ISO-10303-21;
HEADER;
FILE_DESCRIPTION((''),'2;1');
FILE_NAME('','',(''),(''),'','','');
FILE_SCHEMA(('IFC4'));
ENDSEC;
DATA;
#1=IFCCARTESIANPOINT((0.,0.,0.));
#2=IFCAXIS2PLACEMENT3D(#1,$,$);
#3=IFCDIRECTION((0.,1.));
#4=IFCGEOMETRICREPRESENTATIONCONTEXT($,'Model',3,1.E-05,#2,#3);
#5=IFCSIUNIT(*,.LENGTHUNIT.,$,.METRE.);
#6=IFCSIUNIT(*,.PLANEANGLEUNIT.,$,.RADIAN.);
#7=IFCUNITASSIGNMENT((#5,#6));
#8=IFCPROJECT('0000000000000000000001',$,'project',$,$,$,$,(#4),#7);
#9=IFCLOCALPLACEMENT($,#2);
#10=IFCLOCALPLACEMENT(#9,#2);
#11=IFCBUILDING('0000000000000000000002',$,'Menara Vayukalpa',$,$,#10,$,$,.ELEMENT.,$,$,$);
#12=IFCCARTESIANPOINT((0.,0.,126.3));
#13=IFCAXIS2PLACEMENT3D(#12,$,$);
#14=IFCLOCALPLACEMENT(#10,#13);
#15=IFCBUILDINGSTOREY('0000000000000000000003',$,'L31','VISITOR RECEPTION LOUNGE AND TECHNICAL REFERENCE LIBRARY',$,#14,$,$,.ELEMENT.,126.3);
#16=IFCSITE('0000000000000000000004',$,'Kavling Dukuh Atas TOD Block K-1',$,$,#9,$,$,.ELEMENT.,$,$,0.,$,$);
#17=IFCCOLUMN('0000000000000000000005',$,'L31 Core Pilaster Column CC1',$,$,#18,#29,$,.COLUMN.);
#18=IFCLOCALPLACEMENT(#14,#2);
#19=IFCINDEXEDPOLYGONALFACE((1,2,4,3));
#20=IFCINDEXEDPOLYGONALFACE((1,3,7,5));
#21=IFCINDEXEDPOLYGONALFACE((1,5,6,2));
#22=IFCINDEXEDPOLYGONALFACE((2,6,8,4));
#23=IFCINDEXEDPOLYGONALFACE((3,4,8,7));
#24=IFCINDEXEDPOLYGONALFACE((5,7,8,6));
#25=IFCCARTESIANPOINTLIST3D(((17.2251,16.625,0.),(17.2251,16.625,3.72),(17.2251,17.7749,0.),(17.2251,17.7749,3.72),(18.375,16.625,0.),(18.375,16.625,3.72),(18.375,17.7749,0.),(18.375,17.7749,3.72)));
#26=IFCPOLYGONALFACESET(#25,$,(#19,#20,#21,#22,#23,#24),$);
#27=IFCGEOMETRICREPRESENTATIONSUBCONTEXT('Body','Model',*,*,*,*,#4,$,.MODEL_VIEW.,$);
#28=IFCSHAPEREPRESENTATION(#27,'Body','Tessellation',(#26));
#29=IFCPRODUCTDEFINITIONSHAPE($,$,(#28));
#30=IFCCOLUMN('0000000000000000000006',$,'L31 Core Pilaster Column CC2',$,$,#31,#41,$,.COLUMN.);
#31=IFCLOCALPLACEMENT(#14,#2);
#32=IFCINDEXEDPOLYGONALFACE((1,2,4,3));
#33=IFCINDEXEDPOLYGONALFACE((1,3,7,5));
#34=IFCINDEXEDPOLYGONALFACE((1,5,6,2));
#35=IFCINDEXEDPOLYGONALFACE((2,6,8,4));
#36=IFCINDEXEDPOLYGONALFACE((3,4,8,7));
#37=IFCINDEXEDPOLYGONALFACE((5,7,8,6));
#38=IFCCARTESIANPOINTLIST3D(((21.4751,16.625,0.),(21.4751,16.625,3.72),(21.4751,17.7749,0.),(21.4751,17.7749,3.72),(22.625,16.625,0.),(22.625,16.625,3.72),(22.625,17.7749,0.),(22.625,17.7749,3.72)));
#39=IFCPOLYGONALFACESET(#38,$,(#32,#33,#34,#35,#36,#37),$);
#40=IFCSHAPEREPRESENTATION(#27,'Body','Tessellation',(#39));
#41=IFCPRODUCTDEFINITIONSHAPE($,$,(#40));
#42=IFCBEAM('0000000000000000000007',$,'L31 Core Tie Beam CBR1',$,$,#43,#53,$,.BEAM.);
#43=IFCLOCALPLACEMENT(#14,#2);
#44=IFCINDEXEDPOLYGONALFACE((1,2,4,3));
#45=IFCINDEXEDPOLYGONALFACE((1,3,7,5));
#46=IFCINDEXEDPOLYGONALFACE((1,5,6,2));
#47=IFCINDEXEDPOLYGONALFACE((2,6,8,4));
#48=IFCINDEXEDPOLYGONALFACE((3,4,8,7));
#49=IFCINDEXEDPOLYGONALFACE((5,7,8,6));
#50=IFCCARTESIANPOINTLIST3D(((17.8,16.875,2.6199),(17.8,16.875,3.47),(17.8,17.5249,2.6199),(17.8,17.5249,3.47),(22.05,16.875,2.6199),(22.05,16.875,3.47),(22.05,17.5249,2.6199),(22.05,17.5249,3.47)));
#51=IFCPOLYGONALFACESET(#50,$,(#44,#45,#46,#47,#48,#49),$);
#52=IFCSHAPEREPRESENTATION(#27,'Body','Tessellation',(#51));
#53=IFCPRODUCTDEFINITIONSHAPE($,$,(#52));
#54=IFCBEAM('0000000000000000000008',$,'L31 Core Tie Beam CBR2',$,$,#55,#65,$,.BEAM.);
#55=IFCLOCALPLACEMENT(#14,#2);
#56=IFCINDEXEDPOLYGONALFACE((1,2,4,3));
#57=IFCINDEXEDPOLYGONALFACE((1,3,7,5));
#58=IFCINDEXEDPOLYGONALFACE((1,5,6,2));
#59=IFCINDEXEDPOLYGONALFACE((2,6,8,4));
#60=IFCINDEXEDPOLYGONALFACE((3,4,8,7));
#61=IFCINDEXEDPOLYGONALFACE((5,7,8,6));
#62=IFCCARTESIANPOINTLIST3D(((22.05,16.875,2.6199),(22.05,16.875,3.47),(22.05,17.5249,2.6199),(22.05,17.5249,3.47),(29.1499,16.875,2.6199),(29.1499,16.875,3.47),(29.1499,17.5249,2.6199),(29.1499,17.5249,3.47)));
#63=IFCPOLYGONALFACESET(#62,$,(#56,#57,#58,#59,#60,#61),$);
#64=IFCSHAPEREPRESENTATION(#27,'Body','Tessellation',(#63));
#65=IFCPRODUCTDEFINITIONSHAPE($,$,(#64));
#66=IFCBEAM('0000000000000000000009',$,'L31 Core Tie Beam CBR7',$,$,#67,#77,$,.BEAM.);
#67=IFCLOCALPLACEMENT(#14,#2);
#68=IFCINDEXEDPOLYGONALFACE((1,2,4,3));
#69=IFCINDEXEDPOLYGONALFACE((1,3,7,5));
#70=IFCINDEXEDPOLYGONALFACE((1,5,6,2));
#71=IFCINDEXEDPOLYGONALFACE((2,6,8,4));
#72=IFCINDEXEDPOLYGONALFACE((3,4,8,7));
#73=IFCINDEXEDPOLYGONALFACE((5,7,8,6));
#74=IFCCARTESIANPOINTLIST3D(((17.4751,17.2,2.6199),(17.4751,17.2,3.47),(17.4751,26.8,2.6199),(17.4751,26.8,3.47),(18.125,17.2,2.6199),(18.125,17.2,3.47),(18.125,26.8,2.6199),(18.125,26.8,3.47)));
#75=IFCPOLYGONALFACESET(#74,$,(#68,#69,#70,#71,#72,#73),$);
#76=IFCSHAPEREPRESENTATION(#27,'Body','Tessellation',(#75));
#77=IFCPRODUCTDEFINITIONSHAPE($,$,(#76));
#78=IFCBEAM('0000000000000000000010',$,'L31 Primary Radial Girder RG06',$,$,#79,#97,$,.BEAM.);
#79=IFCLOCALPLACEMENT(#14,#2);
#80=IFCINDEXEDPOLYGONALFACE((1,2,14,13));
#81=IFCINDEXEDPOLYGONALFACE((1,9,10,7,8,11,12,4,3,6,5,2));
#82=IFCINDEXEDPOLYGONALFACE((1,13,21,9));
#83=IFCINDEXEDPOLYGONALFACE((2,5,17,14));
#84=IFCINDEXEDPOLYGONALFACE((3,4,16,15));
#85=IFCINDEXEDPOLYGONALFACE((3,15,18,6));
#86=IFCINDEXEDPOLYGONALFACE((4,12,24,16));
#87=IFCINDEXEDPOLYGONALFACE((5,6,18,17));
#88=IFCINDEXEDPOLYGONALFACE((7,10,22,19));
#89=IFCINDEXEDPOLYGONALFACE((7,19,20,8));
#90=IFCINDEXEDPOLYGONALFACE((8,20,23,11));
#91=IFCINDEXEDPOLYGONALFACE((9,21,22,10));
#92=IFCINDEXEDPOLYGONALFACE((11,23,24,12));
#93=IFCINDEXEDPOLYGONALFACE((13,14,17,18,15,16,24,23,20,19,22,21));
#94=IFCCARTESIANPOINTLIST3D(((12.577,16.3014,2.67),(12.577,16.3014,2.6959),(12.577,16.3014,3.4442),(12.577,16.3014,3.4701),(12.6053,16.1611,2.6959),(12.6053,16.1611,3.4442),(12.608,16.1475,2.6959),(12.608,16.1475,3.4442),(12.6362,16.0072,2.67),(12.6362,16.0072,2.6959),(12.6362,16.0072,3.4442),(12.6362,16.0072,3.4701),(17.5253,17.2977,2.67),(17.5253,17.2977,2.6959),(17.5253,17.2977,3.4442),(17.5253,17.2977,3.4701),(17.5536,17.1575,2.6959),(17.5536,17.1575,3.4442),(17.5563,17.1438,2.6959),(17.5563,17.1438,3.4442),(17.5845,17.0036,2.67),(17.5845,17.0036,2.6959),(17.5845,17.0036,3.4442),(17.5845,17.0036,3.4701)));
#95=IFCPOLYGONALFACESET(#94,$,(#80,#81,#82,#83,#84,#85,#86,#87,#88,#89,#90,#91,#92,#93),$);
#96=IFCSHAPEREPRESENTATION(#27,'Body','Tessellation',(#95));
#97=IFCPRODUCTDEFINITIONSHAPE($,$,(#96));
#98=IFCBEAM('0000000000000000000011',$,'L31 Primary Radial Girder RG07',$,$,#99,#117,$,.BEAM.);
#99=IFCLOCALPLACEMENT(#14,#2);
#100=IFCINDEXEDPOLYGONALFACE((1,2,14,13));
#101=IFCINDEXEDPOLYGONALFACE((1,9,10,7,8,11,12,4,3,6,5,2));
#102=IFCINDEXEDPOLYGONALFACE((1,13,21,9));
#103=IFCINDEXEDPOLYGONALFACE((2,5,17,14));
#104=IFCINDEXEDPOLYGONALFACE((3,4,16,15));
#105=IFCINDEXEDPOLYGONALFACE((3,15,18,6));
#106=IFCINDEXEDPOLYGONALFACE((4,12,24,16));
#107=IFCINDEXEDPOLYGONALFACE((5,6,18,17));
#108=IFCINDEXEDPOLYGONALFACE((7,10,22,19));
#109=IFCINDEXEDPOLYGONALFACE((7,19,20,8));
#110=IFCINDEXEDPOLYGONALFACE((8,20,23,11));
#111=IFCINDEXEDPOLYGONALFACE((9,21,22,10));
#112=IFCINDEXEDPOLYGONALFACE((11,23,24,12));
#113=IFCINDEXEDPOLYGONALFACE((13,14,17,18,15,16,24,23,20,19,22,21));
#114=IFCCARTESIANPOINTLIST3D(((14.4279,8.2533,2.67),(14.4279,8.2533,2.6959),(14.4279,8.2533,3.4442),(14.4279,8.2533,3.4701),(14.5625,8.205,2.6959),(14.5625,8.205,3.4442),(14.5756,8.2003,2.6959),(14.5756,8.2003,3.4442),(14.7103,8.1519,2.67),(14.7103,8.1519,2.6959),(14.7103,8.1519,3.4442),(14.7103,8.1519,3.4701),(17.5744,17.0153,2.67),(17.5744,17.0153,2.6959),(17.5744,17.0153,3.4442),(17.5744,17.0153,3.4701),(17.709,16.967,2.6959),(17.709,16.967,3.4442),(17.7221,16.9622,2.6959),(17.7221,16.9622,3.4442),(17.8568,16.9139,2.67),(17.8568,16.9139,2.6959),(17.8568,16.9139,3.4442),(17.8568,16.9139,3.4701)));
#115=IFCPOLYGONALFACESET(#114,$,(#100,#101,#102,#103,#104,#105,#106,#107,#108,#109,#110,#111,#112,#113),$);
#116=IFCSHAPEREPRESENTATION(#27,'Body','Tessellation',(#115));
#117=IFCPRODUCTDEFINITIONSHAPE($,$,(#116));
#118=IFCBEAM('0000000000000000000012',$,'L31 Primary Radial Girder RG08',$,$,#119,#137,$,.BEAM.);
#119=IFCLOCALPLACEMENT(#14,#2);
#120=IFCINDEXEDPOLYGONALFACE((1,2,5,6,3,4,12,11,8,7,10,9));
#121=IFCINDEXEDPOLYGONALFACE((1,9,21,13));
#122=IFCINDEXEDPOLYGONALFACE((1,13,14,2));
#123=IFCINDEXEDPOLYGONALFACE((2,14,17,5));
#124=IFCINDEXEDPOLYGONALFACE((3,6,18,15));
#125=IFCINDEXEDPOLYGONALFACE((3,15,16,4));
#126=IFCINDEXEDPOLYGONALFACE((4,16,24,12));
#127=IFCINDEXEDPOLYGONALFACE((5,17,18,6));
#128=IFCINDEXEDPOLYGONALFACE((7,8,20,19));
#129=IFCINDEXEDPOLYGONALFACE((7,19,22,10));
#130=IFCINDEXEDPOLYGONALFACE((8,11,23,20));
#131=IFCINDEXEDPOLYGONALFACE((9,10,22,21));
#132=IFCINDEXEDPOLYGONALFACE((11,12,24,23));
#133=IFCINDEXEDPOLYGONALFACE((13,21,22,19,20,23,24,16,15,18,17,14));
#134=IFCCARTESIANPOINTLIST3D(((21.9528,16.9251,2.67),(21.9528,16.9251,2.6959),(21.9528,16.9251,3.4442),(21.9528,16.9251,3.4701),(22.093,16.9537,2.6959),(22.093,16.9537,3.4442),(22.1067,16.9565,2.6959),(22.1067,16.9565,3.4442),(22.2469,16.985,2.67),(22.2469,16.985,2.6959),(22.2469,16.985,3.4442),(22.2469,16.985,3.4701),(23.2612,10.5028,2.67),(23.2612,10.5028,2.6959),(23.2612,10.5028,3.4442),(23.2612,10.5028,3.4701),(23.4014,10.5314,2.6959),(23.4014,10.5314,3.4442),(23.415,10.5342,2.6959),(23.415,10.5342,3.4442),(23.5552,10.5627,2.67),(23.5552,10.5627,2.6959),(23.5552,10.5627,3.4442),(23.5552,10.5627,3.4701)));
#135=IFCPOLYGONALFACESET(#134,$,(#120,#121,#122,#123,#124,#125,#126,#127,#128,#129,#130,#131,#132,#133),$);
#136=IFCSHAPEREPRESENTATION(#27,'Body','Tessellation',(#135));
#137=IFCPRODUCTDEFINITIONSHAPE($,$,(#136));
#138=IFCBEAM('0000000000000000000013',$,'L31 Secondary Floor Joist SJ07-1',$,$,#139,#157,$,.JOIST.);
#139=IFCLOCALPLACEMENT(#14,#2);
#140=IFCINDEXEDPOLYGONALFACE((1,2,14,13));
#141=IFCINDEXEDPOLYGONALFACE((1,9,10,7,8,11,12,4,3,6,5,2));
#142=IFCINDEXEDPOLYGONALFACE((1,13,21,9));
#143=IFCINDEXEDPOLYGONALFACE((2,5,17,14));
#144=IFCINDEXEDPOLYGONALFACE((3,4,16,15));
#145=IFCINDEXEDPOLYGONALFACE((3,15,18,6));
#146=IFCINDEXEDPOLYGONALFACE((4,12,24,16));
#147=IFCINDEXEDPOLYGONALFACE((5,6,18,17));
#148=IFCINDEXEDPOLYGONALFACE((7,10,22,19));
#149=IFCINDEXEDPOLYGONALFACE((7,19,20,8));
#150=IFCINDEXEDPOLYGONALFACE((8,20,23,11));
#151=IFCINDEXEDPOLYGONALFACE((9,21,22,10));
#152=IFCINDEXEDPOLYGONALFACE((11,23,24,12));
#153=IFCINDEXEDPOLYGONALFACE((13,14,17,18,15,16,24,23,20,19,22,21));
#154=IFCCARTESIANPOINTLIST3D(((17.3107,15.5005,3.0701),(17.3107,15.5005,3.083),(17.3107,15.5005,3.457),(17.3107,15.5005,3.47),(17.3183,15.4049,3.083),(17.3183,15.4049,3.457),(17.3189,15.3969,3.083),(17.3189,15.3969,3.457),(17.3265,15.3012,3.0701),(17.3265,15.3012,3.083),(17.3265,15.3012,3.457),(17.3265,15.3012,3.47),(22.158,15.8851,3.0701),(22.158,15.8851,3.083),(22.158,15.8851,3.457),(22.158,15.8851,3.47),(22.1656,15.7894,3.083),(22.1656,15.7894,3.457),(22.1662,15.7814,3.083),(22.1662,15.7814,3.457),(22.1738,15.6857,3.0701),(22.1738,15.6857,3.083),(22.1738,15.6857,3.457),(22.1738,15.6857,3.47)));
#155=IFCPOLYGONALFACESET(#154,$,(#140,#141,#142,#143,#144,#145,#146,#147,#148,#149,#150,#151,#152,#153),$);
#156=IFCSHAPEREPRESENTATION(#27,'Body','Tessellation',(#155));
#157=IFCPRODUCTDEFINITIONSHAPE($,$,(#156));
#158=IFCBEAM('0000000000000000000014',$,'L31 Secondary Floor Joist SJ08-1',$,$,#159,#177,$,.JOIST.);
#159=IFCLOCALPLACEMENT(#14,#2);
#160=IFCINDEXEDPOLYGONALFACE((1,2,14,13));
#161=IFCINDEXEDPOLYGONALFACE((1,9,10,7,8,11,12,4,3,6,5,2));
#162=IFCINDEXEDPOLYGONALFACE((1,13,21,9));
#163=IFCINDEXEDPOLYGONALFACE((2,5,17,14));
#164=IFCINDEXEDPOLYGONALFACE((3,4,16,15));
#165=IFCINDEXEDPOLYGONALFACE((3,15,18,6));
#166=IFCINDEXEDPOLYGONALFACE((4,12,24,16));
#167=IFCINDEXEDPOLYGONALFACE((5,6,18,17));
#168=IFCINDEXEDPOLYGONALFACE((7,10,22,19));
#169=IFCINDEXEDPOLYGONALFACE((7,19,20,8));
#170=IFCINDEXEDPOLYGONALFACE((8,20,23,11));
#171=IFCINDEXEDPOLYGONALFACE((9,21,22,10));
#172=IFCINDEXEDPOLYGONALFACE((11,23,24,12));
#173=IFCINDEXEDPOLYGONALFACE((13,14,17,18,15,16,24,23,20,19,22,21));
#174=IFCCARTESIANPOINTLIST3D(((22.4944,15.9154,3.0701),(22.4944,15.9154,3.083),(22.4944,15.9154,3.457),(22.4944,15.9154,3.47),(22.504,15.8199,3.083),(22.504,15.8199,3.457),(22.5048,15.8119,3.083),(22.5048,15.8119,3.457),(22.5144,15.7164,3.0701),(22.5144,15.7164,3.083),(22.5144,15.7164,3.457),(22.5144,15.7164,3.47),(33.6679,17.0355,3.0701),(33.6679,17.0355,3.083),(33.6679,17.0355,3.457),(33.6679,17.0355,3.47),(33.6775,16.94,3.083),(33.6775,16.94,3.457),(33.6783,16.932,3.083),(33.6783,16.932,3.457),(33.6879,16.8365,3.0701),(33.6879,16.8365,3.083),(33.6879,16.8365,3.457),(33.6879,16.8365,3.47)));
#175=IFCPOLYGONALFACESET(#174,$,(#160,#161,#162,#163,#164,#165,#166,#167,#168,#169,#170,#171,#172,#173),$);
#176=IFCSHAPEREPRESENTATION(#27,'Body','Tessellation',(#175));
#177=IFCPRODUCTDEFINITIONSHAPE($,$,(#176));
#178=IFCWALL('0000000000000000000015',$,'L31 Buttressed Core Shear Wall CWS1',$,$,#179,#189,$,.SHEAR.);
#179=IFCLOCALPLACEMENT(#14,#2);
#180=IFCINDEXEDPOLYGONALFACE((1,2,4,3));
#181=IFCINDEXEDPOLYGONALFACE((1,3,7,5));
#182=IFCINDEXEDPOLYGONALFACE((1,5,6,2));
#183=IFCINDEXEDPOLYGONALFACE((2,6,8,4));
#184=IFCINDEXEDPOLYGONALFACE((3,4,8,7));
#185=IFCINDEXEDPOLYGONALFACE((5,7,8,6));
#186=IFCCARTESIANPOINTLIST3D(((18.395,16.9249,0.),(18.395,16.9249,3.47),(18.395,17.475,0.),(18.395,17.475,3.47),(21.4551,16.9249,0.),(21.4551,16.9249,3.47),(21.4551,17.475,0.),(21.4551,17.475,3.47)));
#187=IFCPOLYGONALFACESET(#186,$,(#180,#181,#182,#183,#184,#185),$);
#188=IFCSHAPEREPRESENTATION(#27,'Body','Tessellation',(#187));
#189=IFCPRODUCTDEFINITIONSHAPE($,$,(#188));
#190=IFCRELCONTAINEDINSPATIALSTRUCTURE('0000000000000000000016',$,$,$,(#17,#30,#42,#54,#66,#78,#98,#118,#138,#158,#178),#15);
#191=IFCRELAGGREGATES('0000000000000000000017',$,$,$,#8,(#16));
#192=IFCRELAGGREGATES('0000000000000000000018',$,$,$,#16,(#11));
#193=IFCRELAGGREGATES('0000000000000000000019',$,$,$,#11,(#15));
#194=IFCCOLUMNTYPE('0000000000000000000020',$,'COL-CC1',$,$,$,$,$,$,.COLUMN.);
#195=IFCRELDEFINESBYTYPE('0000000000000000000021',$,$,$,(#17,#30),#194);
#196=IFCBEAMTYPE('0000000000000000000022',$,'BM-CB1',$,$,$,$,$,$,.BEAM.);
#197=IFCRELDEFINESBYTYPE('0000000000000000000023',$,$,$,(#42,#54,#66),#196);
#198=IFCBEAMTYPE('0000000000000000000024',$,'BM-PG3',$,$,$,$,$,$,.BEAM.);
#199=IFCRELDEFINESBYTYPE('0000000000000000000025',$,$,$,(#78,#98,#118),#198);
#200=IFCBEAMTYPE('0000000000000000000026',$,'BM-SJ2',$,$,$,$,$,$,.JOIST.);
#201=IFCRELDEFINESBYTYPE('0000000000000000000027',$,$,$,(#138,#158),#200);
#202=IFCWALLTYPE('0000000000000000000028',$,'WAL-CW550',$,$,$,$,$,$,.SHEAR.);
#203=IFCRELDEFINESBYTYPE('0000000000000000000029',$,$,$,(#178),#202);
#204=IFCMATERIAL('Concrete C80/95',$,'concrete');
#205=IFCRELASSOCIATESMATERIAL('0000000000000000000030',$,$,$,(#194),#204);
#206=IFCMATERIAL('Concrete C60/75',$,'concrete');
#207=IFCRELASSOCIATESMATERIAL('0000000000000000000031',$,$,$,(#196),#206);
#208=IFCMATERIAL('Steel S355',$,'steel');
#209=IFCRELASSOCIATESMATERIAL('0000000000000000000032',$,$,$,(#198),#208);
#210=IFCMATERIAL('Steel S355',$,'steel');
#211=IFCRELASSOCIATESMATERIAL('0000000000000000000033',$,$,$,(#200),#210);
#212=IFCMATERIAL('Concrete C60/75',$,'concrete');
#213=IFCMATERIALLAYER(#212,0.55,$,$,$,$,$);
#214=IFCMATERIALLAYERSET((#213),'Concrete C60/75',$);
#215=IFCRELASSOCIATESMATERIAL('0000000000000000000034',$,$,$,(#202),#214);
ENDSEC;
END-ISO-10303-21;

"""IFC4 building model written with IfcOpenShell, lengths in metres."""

from ifc_helpers import new_model, si_unit, direction, frame, frame_2d, origin, origin_2d, place, context, subcontext, project, spatial, rectangle, i_section, extrude, material, layer, layer_set, material_profile, profile_set, type_object, element, save


model = new_model("IFC4")

# Units and contexts
model_context = context("Model", 3, precision=1e-05, world=origin(), true_north=direction((0.0, 1.0)))
body_context = subcontext(model_context, "Body", "Model", "MODEL_VIEW")
ifc_project = project(units=[si_unit("LENGTHUNIT", "METRE"), si_unit("PLANEANGLEUNIT", "RADIAN")], contexts=[model_context])

# Site, building, storey
site_placement = place(None, origin())
site = spatial("IfcSite", under=ifc_project, at=site_placement, Name="Kavling Dukuh Atas TOD Block K-1", CompositionType="ELEMENT", RefElevation=0.0)
building_placement = place(site_placement, origin())
building = spatial("IfcBuilding", under=site, at=building_placement, Name="Menara Vayukalpa", CompositionType="ELEMENT")
storey_placement = place(building_placement, frame((0.0, 0.0, 126.3)))
storey = spatial("IfcBuildingStorey", under=building, at=storey_placement, Name="L31", Description="VISITOR RECEPTION LOUNGE AND TECHNICAL REFERENCE LIBRARY", CompositionType="ELEMENT", Elevation=126.3)

# Columns
ifc_material_1 = material(Name="Concrete C80/95", Category="concrete")
ifc_material_profile_1 = material_profile(ifc_material_1, rectangle(XDim=1.1499, YDim=1.1499, at=origin_2d()), Name="RC 1150x1150")
ifc_profile_set_1 = profile_set([ifc_material_profile_1], Name="Concrete C80/95")
column_type = type_object("IfcColumnType", Name="COL-CC1", PredefinedType="COLUMN", material=ifc_profile_set_1)
for number, where, z_axis, x_axis, name in (
    (1, (17.8, 17.2, 0.0), (0.0, 0.0, 1.0), (1.0, 0.0, 0.0), "L31 Core Pilaster Column CC1"),
    (2, (22.05, 17.2, 0.0), (0.0, 0.0, 1.0), (1.0, 0.0, 0.0), "L31 Core Pilaster Column CC2"),
):
    element("IfcColumn", number, at=place(storey_placement, frame(where, z_axis=z_axis, x_axis=x_axis)), inside=storey, type_object=column_type, Name=name, PredefinedType="COLUMN", context=body_context, shape_type="SweptSolid", body=[
        extrude(rectangle(XDim=1.1499, YDim=1.1499, at=origin_2d()), origin(), (0.0, 0.0, 1.0), 3.72),
    ])

# Beams
ifc_material_2 = material(Name="Concrete C60/75", Category="concrete")
ifc_material_profile_2 = material_profile(ifc_material_2, rectangle(XDim=0.6499, YDim=0.8501, at=origin_2d()), Name="RC 650x850")
ifc_profile_set_2 = profile_set([ifc_material_profile_2], Name="Concrete C60/75")
beam_type_1 = type_object("IfcBeamType", Name="BM-CB1", PredefinedType="BEAM", material=ifc_profile_set_2)
beam_1_placement = place(storey_placement, frame((17.8, 17.2, 3.0449), z_axis=(1.0, 0.0, 0.0), x_axis=(0.0, 1.0, 0.0)))
element("IfcBeam", 3, at=beam_1_placement, inside=storey, type_object=beam_type_1, Name="L31 Core Tie Beam CBR1", PredefinedType="BEAM", context=body_context, shape_type="SweptSolid", body=[
    extrude(rectangle(XDim=0.6499, YDim=0.8501, at=origin_2d()), origin(), (0.0, 0.0, 1.0), 4.25),
])
beam_2_placement = place(storey_placement, frame((22.05, 17.2, 3.0449), z_axis=(1.0, 0.0, 0.0), x_axis=(0.0, 1.0, 0.0)))
element("IfcBeam", 4, at=beam_2_placement, inside=storey, type_object=beam_type_1, Name="L31 Core Tie Beam CBR2", PredefinedType="BEAM", context=body_context, shape_type="SweptSolid", body=[
    extrude(rectangle(XDim=0.6499, YDim=0.8501, at=origin_2d()), origin(), (0.0, 0.0, 1.0), 7.0999),
])
beam_3_placement = place(storey_placement, frame((17.8, 17.2, 3.0449), z_axis=(0.0, 1.0, 0.0), x_axis=(-1.0, 0.0, 0.0)))
element("IfcBeam", 5, at=beam_3_placement, inside=storey, type_object=beam_type_1, Name="L31 Core Tie Beam CBR7", PredefinedType="BEAM", context=body_context, shape_type="SweptSolid", body=[
    extrude(rectangle(XDim=0.6499, YDim=0.8501, at=origin_2d()), origin(), (0.0, 0.0, 1.0), 9.6001),
])
ifc_material_3 = material(Name="Steel S355", Category="steel")
ifc_material_profile_3 = material_profile(ifc_material_3, i_section(OverallWidth=0.3, OverallDepth=0.8, WebThickness=0.0139, FlangeThickness=0.0259, at=origin_2d()), Name="WF 800x300x14x26")
ifc_profile_set_3 = profile_set([ifc_material_profile_3], Name="Steel S355")
beam_type_2 = type_object("IfcBeamType", Name="BM-PG3", PredefinedType="BEAM", material=ifc_profile_set_3)
beam_4_placement = place(storey_placement, frame((17.5549, 17.1506, 3.0701), z_axis=(-0.980325, -0.19739, 0.0), x_axis=(0.19739, -0.980325, 0.0)))
element("IfcBeam", 6, at=beam_4_placement, inside=storey, type_object=beam_type_2, Name="L31 Primary Radial Girder RG06", PredefinedType="BEAM", context=body_context, shape_type="SweptSolid", body=[
    extrude(i_section(OverallWidth=0.3, OverallDepth=0.8, WebThickness=0.0139, FlangeThickness=0.0259, at=origin_2d()), origin(), (0.0, 0.0, 1.0), 5.0476),
])
beam_5_placement = place(storey_placement, frame((17.7156, 16.9646, 3.0701), z_axis=(-0.337976, -0.941155, 0.0), x_axis=(0.941155, -0.337976, 0.0)))
element("IfcBeam", 7, at=beam_5_placement, inside=storey, type_object=beam_type_2, Name="L31 Primary Radial Girder RG07", PredefinedType="BEAM", context=body_context, shape_type="SweptSolid", body=[
    extrude(i_section(OverallWidth=0.3, OverallDepth=0.8, WebThickness=0.0139, FlangeThickness=0.0259, at=origin_2d()), origin(), (0.0, 0.0, 1.0), 9.3098),
])
beam_6_placement = place(storey_placement, frame((22.0999, 16.9551, 3.0701), z_axis=(0.199618, -0.979874, 0.0), x_axis=(0.979874, 0.199618, 0.0)))
element("IfcBeam", 8, at=beam_6_placement, inside=storey, type_object=beam_type_2, Name="L31 Primary Radial Girder RG08", PredefinedType="BEAM", context=body_context, shape_type="SweptSolid", body=[
    extrude(i_section(OverallWidth=0.3, OverallDepth=0.8, WebThickness=0.0139, FlangeThickness=0.0259, at=origin_2d()), origin(), (0.0, 0.0, 1.0), 6.5542),
])
ifc_material_4 = material(Name="Steel S355", Category="steel")
ifc_material_profile_4 = material_profile(ifc_material_4, i_section(OverallWidth=0.2, OverallDepth=0.3999, WebThickness=0.0081, FlangeThickness=0.0129, at=origin_2d()), Name="WF 400x200x8x13")
ifc_profile_set_4 = profile_set([ifc_material_profile_4], Name="Steel S355")
beam_type_3 = type_object("IfcBeamType", Name="BM-SJ2", PredefinedType="JOIST", material=ifc_profile_set_4)
beam_7_placement = place(storey_placement, frame((17.3186, 15.4009, 3.27), z_axis=(0.996869, 0.079077, 0.0), x_axis=(-0.079077, 0.996869, 0.0)))
element("IfcBeam", 9, at=beam_7_placement, inside=storey, type_object=beam_type_3, Name="L31 Secondary Floor Joist SJ07-1", PredefinedType="JOIST", context=body_context, shape_type="SweptSolid", body=[
    extrude(i_section(OverallWidth=0.2, OverallDepth=0.3999, WebThickness=0.0081, FlangeThickness=0.0129, at=origin_2d()), origin(), (0.0, 0.0, 1.0), 4.8625),
])
beam_8_placement = place(storey_placement, frame((22.5044, 15.8159, 3.27), z_axis=(0.995013, 0.099747, 0.0), x_axis=(-0.099747, 0.995013, 0.0)))
element("IfcBeam", 10, at=beam_8_placement, inside=storey, type_object=beam_type_3, Name="L31 Secondary Floor Joist SJ08-1", PredefinedType="JOIST", context=body_context, shape_type="SweptSolid", body=[
    extrude(i_section(OverallWidth=0.2, OverallDepth=0.3999, WebThickness=0.0081, FlangeThickness=0.0129, at=origin_2d()), origin(), (0.0, 0.0, 1.0), 11.2295),
])

# Wall
ifc_material_5 = material(Name="Concrete C60/75", Category="concrete")
ifc_layer_1 = layer(ifc_material_5, 0.55)
ifc_layer_set_1 = layer_set([ifc_layer_1], Name="Concrete C60/75")
wall_type_1 = type_object("IfcWallType", Name="WAL-CW550", PredefinedType="SHEAR", material=ifc_layer_set_1)
wall_1_placement = place(storey_placement, frame((18.395, 17.2, 0.0), z_axis=(0.0, 0.0, 1.0), x_axis=(1.0, 0.0, 0.0)))
element("IfcWall", 11, at=wall_1_placement, inside=storey, type_object=wall_type_1, Name="L31 Buttressed Core Shear Wall CWS1", PredefinedType="SHEAR", context=body_context, shape_type="SweptSolid", body=[
    extrude(rectangle(XDim=3.0601, YDim=0.55, at=frame_2d((1.53, 0.0))), origin(), (0.0, 0.0, 1.0), 3.47),
])

save(model, "model.ifc")
